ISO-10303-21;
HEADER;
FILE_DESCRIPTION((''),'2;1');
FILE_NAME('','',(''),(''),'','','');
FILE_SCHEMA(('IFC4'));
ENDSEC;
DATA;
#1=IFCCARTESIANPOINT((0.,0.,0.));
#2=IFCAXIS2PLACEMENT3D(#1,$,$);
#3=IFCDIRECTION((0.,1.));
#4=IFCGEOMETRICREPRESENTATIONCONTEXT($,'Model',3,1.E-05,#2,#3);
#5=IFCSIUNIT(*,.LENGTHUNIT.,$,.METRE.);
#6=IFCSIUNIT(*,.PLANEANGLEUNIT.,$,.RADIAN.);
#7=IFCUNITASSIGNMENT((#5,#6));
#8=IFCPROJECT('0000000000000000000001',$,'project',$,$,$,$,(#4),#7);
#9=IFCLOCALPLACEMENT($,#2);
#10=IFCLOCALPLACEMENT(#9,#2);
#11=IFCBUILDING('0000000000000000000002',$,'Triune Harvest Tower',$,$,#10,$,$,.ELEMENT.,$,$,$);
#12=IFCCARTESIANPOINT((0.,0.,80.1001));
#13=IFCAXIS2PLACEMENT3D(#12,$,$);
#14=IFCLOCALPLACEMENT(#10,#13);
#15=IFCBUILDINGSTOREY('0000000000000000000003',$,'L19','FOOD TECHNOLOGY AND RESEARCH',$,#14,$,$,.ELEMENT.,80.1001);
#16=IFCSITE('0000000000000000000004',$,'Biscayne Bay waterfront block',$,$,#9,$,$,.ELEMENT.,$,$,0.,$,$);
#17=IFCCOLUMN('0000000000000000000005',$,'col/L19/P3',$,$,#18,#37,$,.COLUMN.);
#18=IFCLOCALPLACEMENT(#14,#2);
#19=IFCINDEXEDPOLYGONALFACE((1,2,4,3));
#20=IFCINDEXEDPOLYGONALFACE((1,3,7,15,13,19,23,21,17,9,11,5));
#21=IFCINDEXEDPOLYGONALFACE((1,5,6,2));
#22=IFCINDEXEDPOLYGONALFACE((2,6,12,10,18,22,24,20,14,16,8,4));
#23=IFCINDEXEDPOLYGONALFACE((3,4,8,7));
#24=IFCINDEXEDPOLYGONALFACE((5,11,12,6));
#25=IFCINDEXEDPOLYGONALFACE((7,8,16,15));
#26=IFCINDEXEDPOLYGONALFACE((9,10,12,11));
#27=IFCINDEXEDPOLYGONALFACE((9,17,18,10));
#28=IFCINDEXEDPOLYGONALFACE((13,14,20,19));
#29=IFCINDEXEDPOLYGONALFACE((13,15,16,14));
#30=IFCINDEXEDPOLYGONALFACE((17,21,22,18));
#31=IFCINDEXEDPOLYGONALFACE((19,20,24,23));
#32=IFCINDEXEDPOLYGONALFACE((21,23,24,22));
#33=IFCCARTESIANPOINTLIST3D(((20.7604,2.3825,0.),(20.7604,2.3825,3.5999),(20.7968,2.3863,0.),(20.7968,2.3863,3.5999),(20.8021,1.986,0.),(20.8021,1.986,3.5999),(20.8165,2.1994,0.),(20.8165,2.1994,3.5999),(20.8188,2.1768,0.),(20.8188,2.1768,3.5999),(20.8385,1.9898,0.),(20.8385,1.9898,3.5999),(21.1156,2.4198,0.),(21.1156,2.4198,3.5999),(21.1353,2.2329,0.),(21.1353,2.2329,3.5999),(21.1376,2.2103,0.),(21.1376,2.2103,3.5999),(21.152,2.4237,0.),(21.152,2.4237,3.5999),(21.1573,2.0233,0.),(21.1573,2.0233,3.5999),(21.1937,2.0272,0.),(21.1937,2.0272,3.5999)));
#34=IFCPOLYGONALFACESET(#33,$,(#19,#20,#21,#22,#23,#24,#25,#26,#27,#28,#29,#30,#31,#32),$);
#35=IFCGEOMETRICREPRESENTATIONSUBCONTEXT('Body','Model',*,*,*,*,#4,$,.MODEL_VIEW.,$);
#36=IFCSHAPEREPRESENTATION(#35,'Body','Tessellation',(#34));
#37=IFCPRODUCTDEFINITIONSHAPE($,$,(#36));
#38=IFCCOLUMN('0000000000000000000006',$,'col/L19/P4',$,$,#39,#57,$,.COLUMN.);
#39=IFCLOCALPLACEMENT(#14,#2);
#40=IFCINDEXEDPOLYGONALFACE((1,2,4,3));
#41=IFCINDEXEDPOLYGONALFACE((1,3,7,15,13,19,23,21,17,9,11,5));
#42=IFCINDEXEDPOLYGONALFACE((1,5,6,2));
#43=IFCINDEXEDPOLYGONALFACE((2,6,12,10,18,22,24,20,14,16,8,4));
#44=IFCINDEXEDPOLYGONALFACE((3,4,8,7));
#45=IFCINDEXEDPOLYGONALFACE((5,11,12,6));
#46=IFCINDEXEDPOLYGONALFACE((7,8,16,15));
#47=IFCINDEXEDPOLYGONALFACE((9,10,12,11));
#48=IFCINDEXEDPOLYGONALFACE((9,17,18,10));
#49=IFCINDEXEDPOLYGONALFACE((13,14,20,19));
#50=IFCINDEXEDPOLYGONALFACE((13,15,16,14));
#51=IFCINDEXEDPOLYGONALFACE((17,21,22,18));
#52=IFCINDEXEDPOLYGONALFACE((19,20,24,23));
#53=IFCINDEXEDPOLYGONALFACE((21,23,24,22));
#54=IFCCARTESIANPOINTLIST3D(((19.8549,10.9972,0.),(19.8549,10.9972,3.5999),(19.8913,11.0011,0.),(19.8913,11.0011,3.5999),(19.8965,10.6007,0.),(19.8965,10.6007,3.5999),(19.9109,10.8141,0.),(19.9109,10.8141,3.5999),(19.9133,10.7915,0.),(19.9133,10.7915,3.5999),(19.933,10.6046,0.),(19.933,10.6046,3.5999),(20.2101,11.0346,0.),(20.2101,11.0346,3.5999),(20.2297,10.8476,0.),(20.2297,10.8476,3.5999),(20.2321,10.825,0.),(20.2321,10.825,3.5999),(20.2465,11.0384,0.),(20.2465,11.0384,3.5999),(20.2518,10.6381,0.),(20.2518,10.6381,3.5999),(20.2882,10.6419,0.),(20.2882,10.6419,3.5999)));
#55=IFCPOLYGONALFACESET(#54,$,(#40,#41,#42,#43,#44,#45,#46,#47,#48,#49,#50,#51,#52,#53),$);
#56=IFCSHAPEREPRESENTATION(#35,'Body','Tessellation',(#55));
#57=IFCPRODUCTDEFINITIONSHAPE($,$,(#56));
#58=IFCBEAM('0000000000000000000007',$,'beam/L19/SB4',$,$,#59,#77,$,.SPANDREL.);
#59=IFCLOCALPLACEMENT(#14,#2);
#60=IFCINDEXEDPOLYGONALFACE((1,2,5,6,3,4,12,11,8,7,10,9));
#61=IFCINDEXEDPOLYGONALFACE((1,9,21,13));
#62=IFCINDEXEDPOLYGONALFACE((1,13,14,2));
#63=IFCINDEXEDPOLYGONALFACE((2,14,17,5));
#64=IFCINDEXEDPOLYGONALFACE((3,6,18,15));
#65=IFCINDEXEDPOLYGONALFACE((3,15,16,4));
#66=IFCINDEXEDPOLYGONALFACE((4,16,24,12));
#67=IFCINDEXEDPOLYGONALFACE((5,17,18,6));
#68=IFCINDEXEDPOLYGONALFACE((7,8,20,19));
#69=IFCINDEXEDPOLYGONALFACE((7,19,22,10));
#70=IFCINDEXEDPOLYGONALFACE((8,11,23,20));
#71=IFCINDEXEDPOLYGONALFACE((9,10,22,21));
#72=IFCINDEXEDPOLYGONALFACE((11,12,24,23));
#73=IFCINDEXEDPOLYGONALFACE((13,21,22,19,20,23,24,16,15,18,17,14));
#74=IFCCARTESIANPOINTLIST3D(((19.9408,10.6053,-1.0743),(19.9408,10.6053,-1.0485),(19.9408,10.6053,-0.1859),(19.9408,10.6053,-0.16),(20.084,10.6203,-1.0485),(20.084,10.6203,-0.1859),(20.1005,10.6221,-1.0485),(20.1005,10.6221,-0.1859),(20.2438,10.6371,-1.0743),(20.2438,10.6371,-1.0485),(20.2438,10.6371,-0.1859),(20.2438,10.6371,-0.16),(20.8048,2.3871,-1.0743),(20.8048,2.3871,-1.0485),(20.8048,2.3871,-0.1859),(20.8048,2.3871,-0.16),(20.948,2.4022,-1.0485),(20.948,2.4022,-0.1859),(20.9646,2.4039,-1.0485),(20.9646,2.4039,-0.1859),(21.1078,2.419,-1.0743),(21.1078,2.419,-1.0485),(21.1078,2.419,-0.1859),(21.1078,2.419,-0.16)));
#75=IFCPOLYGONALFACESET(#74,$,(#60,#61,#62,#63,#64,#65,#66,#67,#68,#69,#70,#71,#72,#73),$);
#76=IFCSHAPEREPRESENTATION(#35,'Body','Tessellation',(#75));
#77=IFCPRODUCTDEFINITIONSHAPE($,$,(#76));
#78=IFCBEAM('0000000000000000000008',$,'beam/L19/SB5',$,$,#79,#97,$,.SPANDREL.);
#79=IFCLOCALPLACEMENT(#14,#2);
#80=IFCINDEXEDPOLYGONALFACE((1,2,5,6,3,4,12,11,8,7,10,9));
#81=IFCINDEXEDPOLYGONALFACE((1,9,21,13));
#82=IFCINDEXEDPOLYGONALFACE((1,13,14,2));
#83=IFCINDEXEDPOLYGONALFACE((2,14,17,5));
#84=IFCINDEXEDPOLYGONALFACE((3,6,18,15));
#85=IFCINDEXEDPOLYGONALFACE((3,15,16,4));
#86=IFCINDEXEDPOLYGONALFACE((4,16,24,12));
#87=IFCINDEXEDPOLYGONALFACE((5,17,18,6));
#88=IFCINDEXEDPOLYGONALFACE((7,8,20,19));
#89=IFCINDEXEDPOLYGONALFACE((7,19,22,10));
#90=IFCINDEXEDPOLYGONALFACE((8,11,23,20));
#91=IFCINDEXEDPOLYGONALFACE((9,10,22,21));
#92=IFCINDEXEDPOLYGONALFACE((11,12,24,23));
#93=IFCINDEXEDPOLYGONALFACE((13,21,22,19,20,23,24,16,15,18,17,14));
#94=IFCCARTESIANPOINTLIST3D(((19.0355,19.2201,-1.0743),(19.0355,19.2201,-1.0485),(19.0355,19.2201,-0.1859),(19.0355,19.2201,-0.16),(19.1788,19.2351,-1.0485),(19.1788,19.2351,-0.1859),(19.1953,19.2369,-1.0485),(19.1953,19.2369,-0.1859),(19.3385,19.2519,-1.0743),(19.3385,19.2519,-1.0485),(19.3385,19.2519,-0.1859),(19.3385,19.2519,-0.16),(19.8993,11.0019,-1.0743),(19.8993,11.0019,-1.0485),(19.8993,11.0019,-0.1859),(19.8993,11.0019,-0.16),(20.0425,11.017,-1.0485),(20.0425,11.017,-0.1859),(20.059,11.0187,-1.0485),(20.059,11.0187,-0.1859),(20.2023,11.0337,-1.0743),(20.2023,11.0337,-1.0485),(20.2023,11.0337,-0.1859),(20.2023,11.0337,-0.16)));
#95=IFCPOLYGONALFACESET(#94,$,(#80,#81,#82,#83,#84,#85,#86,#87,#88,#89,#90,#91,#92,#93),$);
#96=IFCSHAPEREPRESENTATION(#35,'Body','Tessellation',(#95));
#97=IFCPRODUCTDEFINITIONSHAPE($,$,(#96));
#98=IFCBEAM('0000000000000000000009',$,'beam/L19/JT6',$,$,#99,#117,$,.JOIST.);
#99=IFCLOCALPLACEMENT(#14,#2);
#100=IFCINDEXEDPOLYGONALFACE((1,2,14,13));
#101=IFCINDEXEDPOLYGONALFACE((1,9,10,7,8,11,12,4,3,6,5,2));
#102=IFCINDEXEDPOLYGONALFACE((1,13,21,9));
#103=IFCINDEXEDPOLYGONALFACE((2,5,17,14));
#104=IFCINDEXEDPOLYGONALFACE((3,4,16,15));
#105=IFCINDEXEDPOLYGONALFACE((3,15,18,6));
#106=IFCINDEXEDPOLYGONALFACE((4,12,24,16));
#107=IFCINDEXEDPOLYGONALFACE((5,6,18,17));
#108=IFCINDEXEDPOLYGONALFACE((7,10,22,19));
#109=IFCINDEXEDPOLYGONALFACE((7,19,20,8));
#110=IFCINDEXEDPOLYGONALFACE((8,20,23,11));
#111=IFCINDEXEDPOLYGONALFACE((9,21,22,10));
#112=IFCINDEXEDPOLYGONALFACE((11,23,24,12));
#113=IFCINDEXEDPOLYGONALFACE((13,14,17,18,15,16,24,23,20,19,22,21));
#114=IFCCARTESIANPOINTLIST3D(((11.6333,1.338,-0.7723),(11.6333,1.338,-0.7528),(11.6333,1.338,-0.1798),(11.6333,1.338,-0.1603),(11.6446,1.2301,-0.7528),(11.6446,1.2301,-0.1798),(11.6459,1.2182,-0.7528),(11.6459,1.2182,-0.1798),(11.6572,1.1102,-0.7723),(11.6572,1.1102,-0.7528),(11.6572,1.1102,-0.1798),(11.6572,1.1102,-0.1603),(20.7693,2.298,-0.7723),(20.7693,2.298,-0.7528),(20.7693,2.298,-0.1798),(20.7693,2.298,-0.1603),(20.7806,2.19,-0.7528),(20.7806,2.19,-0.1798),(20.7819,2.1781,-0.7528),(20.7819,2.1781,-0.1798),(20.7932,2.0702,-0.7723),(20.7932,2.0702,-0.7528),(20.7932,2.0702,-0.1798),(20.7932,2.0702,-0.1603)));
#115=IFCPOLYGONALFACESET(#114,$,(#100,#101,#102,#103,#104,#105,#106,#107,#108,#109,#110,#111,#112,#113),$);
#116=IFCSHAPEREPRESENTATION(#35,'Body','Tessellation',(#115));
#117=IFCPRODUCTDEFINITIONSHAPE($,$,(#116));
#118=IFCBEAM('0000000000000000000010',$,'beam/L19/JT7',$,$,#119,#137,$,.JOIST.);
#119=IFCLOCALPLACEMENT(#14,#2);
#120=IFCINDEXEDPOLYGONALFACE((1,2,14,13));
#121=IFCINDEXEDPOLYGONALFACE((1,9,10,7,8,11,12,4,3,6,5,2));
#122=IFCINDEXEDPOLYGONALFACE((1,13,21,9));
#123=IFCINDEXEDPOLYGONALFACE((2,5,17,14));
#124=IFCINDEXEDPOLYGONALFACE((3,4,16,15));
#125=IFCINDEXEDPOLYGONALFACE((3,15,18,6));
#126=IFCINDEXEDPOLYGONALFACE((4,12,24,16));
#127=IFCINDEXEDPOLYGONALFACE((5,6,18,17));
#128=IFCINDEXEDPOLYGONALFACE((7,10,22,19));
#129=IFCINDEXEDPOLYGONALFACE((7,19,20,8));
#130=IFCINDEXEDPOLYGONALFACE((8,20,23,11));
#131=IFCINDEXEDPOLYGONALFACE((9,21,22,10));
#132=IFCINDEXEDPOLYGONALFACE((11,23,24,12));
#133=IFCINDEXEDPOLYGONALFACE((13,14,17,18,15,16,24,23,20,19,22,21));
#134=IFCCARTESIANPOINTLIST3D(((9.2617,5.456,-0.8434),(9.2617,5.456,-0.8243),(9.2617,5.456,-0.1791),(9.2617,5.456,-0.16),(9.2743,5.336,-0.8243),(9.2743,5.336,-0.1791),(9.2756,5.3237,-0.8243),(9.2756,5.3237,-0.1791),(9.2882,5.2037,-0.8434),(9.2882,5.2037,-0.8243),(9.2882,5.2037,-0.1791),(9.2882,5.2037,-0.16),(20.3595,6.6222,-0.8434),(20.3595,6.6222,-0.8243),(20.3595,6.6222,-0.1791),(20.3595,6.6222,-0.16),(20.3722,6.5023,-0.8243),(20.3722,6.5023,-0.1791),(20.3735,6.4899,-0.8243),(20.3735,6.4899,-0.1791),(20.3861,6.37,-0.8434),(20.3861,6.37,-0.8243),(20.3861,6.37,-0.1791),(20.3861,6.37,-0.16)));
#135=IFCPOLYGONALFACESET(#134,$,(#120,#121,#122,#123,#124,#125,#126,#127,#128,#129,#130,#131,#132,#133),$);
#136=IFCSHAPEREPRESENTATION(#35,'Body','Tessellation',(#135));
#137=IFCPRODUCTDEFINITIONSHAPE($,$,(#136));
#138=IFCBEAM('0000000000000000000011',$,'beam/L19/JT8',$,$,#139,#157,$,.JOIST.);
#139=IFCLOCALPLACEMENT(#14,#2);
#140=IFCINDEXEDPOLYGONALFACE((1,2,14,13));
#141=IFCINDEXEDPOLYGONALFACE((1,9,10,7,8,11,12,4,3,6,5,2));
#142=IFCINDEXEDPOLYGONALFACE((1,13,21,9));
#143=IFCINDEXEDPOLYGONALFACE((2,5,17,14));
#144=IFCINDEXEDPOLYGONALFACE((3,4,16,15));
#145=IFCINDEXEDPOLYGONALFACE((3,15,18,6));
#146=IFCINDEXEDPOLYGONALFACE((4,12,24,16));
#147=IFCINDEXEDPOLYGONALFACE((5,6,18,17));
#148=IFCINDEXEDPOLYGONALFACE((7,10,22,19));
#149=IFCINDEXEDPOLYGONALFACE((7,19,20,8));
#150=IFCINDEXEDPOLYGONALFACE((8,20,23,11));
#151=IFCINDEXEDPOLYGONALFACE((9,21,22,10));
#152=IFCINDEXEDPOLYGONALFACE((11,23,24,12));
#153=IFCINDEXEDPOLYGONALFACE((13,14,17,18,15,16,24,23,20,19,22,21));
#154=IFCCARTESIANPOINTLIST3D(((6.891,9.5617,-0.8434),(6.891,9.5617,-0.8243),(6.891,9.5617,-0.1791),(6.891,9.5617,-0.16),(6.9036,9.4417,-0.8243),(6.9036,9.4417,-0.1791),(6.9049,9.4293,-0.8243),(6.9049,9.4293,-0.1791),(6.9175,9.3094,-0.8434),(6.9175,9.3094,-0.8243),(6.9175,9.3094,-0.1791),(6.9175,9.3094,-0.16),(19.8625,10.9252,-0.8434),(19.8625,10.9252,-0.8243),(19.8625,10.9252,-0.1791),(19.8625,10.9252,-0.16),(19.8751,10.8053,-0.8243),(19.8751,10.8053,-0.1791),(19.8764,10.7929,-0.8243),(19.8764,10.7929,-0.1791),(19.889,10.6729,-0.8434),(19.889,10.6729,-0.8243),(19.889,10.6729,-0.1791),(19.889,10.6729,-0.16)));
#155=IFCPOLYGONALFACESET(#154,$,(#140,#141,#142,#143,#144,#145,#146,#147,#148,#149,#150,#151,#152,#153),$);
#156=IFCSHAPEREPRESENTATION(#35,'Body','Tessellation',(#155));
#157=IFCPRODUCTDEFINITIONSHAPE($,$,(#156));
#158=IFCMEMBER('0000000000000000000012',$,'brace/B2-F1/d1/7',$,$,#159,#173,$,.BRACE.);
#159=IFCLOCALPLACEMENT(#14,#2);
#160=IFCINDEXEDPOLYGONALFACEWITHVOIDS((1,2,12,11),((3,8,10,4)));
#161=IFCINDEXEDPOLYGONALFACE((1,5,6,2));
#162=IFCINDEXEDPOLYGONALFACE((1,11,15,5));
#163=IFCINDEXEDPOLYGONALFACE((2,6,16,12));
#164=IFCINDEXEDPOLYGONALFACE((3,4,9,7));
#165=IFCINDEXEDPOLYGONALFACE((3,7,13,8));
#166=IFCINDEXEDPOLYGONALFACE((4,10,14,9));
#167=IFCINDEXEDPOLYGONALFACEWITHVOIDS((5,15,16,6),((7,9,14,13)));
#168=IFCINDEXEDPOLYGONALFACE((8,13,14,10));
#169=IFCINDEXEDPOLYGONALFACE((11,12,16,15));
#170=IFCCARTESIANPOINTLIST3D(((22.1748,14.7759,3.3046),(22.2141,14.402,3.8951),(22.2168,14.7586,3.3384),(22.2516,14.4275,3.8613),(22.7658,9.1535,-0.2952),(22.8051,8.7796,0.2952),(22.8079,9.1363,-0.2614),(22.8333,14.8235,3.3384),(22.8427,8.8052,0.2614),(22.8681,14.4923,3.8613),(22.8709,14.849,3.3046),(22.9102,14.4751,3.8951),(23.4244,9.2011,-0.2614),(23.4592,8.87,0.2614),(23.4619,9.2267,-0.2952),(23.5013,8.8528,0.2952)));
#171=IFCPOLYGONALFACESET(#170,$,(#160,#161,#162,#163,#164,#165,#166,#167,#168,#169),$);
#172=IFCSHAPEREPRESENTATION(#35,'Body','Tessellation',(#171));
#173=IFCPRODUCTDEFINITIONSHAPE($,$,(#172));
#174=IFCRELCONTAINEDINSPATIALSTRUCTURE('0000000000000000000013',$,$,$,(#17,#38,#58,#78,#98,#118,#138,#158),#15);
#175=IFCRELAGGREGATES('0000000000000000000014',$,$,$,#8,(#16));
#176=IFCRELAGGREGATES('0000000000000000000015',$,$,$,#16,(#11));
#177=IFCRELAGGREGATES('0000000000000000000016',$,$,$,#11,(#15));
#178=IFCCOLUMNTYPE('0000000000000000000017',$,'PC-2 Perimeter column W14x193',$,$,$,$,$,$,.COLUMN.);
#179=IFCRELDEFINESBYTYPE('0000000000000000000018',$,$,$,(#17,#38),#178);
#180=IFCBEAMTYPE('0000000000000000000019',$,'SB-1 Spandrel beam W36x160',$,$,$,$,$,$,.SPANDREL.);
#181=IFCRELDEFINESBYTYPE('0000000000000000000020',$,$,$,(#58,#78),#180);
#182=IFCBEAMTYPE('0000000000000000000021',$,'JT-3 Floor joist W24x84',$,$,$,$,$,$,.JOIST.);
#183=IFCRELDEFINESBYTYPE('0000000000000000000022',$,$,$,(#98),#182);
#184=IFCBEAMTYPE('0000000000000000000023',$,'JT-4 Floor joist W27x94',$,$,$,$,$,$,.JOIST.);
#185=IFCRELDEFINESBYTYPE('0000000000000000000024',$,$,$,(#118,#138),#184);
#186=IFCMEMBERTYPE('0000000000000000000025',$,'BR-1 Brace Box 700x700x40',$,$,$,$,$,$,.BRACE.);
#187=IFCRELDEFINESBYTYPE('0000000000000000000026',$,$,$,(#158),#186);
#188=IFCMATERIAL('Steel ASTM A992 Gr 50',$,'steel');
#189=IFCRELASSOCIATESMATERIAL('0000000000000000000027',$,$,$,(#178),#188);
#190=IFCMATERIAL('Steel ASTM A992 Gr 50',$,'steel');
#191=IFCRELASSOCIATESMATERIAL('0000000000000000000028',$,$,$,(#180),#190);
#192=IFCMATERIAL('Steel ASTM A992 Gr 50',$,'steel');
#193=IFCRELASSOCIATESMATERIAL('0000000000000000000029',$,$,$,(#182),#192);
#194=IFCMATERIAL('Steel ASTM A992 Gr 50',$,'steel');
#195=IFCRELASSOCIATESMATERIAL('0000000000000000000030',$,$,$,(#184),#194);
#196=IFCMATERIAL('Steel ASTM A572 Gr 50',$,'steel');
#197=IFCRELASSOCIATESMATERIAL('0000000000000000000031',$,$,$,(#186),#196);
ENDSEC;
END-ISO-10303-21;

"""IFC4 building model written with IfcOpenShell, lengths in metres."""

from ifc_helpers import new_model, si_unit, direction, frame, origin, origin_2d, place, context, subcontext, project, spatial, hollow_rectangle, i_section, extrude, source, transform, mapped, material, material_profile, profile_set, type_object, element, save


model = new_model("IFC4")

# Units and contexts
model_context = context("Model", 3, precision=1e-05, world=origin(), true_north=direction((0.0, 1.0)))
body_context = subcontext(model_context, "Body", "Model", "MODEL_VIEW")
ifc_project = project(units=[si_unit("LENGTHUNIT", "METRE"), si_unit("PLANEANGLEUNIT", "RADIAN")], contexts=[model_context])

# Site, building, storey
site_placement = place(None, origin())
site = spatial("IfcSite", under=ifc_project, at=site_placement, Name="Biscayne Bay waterfront block", CompositionType="ELEMENT", RefElevation=0.0)
building_placement = place(site_placement, origin())
building = spatial("IfcBuilding", under=site, at=building_placement, Name="Triune Harvest Tower", CompositionType="ELEMENT")
storey_placement = place(building_placement, frame((0.0, 0.0, 80.1001)))
storey = spatial("IfcBuildingStorey", under=building, at=storey_placement, Name="L19", Description="FOOD TECHNOLOGY AND RESEARCH", CompositionType="ELEMENT", Elevation=80.1001)

# Columns
ifc_material_1 = material(Name="Steel ASTM A992 Gr 50", Category="steel")
ifc_material_profile_1 = material_profile(ifc_material_1, i_section(OverallWidth=0.3987, OverallDepth=0.3938, WebThickness=0.0227, FlangeThickness=0.0366, at=origin_2d()), Name="W14x193")
ifc_profile_set_1 = profile_set([ifc_material_profile_1], Name="Steel ASTM A992 Gr 50")
column_type = type_object("IfcColumnType", Name="PC-2 Perimeter column W14x193", PredefinedType="COLUMN", material=ifc_profile_set_1)
shared_shape_1 = source(origin(), body_context, "Body", "SweptSolid", [
    extrude(i_section(OverallWidth=0.3987, OverallDepth=0.3938, WebThickness=0.0227, FlangeThickness=0.0366, at=origin_2d()), origin(), (0.0, 0.0, 1.0), 3.5999),
])
for number, where, z_axis, x_axis, name in (
    (1, (20.9771, 2.2048, 0.0), (0.0, 0.0, 1.0), (-0.104527, 0.994522, 0.0), "col/L19/P3"),
    (2, (20.0715, 10.8196, 0.0), (0.0, 0.0, 1.0), (-0.104527, 0.994522, 0.0), "col/L19/P4"),
):
    element("IfcColumn", number, at=place(storey_placement, frame(where, z_axis=z_axis, x_axis=x_axis)), inside=storey, type_object=column_type, Name=name, PredefinedType="COLUMN", context=body_context, shape_type="MappedRepresentation", body=[
        mapped(shared_shape_1, transform((0.0, 0.0, 0.0), scale=1.0)),
    ])

# Beams
ifc_material_2 = material(Name="Steel ASTM A992 Gr 50", Category="steel")
ifc_material_profile_2 = material_profile(ifc_material_2, i_section(OverallWidth=0.3047, OverallDepth=0.9143, WebThickness=0.0166, FlangeThickness=0.0259, at=origin_2d()), Name="W36x160")
ifc_profile_set_2 = profile_set([ifc_material_profile_2], Name="Steel ASTM A992 Gr 50")
beam_type_1 = type_object("IfcBeamType", Name="SB-1 Spandrel beam W36x160", PredefinedType="SPANDREL", material=ifc_profile_set_2)
shared_shape_2 = source(origin(), body_context, "Body", "SweptSolid", [
    extrude(i_section(OverallWidth=0.3047, OverallDepth=0.9143, WebThickness=0.0166, FlangeThickness=0.0259, at=origin_2d()), origin(), (0.0, 0.0, 1.0), 8.2634),
])
for number, where, z_axis, x_axis, name in (
    (3, (20.9563, 2.4031, -0.6172), (-0.10456, 0.994519, 0.0), (-0.994519, -0.10456, 0.0), "beam/L19/SB4"),
    (4, (20.0508, 11.0178, -0.6172), (-0.104528, 0.994522, 0.0), (-0.994522, -0.104528, 0.0), "beam/L19/SB5"),
):
    element("IfcBeam", number, at=place(storey_placement, frame(where, z_axis=z_axis, x_axis=x_axis)), inside=storey, type_object=beam_type_1, Name=name, PredefinedType="SPANDREL", context=body_context, shape_type="MappedRepresentation", body=[
        mapped(shared_shape_2, transform((0.0, 0.0, 0.0), scale=1.0)),
    ])
ifc_material_3 = material(Name="Steel ASTM A992 Gr 50", Category="steel")
ifc_material_profile_3 = material_profile(ifc_material_3, i_section(OverallWidth=0.229, OverallDepth=0.6121, WebThickness=0.012, FlangeThickness=0.0195, at=origin_2d()), Name="W24x84")
ifc_profile_set_3 = profile_set([ifc_material_profile_3], Name="Steel ASTM A992 Gr 50")
beam_type_2 = type_object("IfcBeamType", Name="JT-3 Floor joist W24x84", PredefinedType="JOIST", material=ifc_profile_set_3)
shared_shape_3 = source(origin(), body_context, "Body", "SweptSolid", [
    extrude(i_section(OverallWidth=0.229, OverallDepth=0.6121, WebThickness=0.012, FlangeThickness=0.0195, at=origin_2d()), origin(), (0.0, 0.0, 1.0), 9.1863),
])
beam_1_placement = place(storey_placement, frame((20.7812, 2.1841, -0.4663), z_axis=(-0.994525, -0.104499, 0.0), x_axis=(0.104499, -0.994525, 0.0)))
element("IfcBeam", 5, at=beam_1_placement, inside=storey, type_object=beam_type_2, Name="beam/L19/JT6", PredefinedType="JOIST", context=body_context, shape_type="MappedRepresentation", body=[
    mapped(shared_shape_3, transform((0.0, 0.0, 0.0), scale=1.0)),
])
ifc_material_4 = material(Name="Steel ASTM A992 Gr 50", Category="steel")
ifc_material_profile_4 = material_profile(ifc_material_4, i_section(OverallWidth=0.2537, OverallDepth=0.6833, WebThickness=0.0125, FlangeThickness=0.019, at=origin_2d()), Name="W27x94")
ifc_profile_set_4 = profile_set([ifc_material_profile_4], Name="Steel ASTM A992 Gr 50")
beam_type_3 = type_object("IfcBeamType", Name="JT-4 Floor joist W27x94", PredefinedType="JOIST", material=ifc_profile_set_4)
shared_shape_4 = source(origin(), body_context, "Body", "SweptSolid", [
    extrude(i_section(OverallWidth=0.2537, OverallDepth=0.6833, WebThickness=0.0125, FlangeThickness=0.019, at=origin_2d()), origin(), (0.0, 0.0, 1.0), 11.1589),
])
beam_2_placement = place(storey_placement, frame((20.3728, 6.4961, -0.5017), z_axis=(-0.994524, -0.104513, 0.0), x_axis=(0.104513, -0.994524, 0.0)))
element("IfcBeam", 6, at=beam_2_placement, inside=storey, type_object=beam_type_3, Name="beam/L19/JT7", PredefinedType="JOIST", context=body_context, shape_type="MappedRepresentation", body=[
    mapped(shared_shape_4, transform((0.0, 0.0, 0.0), scale=1.0)),
])
shared_shape_5 = source(origin(), body_context, "Body", "SweptSolid", [
    extrude(i_section(OverallWidth=0.2537, OverallDepth=0.6833, WebThickness=0.0125, FlangeThickness=0.019, at=origin_2d()), origin(), (0.0, 0.0, 1.0), 13.043),
])
beam_3_placement = place(storey_placement, frame((19.8757, 10.7991, -0.5017), z_axis=(-0.994521, -0.104542, 0.0), x_axis=(0.104542, -0.994521, 0.0)))
element("IfcBeam", 7, at=beam_3_placement, inside=storey, type_object=beam_type_3, Name="beam/L19/JT8", PredefinedType="JOIST", context=body_context, shape_type="MappedRepresentation", body=[
    mapped(shared_shape_5, transform((0.0, 0.0, 0.0), scale=1.0)),
])

# Member
ifc_material_5 = material(Name="Steel ASTM A572 Gr 50", Category="steel")
ifc_material_profile_5 = material_profile(ifc_material_5, hollow_rectangle(XDim=0.7, YDim=0.7, WallThickness=0.04, at=origin_2d()), Name="Box 700x700x40")
ifc_profile_set_5 = profile_set([ifc_material_profile_5], Name="Steel ASTM A572 Gr 50")
member_type_1 = type_object("IfcMemberType", Name="BR-1 Brace Box 700x700x40", PredefinedType="BRACE", material=ifc_profile_set_5)
shared_shape_6 = source(origin(), body_context, "Body", "SweptSolid", [
    extrude(hollow_rectangle(XDim=0.7, YDim=0.7, WallThickness=0.04, at=origin_2d()), origin(), (0.0, 0.0, 1.0), 6.7021),
])
member_1_placement = place(storey_placement, frame((23.1335, 9.0032, 0.0), z_axis=(-0.08819, 0.838883, 0.53712), x_axis=(-0.994519, -0.104552, 0.0)))
element("IfcMember", 8, at=member_1_placement, inside=storey, type_object=member_type_1, Name="brace/B2-F1/d1/7", PredefinedType="BRACE", context=body_context, shape_type="MappedRepresentation", body=[
    mapped(shared_shape_6, transform((0.0, 0.0, 0.0), scale=1.0)),
])

save(model, "model.ifc")
